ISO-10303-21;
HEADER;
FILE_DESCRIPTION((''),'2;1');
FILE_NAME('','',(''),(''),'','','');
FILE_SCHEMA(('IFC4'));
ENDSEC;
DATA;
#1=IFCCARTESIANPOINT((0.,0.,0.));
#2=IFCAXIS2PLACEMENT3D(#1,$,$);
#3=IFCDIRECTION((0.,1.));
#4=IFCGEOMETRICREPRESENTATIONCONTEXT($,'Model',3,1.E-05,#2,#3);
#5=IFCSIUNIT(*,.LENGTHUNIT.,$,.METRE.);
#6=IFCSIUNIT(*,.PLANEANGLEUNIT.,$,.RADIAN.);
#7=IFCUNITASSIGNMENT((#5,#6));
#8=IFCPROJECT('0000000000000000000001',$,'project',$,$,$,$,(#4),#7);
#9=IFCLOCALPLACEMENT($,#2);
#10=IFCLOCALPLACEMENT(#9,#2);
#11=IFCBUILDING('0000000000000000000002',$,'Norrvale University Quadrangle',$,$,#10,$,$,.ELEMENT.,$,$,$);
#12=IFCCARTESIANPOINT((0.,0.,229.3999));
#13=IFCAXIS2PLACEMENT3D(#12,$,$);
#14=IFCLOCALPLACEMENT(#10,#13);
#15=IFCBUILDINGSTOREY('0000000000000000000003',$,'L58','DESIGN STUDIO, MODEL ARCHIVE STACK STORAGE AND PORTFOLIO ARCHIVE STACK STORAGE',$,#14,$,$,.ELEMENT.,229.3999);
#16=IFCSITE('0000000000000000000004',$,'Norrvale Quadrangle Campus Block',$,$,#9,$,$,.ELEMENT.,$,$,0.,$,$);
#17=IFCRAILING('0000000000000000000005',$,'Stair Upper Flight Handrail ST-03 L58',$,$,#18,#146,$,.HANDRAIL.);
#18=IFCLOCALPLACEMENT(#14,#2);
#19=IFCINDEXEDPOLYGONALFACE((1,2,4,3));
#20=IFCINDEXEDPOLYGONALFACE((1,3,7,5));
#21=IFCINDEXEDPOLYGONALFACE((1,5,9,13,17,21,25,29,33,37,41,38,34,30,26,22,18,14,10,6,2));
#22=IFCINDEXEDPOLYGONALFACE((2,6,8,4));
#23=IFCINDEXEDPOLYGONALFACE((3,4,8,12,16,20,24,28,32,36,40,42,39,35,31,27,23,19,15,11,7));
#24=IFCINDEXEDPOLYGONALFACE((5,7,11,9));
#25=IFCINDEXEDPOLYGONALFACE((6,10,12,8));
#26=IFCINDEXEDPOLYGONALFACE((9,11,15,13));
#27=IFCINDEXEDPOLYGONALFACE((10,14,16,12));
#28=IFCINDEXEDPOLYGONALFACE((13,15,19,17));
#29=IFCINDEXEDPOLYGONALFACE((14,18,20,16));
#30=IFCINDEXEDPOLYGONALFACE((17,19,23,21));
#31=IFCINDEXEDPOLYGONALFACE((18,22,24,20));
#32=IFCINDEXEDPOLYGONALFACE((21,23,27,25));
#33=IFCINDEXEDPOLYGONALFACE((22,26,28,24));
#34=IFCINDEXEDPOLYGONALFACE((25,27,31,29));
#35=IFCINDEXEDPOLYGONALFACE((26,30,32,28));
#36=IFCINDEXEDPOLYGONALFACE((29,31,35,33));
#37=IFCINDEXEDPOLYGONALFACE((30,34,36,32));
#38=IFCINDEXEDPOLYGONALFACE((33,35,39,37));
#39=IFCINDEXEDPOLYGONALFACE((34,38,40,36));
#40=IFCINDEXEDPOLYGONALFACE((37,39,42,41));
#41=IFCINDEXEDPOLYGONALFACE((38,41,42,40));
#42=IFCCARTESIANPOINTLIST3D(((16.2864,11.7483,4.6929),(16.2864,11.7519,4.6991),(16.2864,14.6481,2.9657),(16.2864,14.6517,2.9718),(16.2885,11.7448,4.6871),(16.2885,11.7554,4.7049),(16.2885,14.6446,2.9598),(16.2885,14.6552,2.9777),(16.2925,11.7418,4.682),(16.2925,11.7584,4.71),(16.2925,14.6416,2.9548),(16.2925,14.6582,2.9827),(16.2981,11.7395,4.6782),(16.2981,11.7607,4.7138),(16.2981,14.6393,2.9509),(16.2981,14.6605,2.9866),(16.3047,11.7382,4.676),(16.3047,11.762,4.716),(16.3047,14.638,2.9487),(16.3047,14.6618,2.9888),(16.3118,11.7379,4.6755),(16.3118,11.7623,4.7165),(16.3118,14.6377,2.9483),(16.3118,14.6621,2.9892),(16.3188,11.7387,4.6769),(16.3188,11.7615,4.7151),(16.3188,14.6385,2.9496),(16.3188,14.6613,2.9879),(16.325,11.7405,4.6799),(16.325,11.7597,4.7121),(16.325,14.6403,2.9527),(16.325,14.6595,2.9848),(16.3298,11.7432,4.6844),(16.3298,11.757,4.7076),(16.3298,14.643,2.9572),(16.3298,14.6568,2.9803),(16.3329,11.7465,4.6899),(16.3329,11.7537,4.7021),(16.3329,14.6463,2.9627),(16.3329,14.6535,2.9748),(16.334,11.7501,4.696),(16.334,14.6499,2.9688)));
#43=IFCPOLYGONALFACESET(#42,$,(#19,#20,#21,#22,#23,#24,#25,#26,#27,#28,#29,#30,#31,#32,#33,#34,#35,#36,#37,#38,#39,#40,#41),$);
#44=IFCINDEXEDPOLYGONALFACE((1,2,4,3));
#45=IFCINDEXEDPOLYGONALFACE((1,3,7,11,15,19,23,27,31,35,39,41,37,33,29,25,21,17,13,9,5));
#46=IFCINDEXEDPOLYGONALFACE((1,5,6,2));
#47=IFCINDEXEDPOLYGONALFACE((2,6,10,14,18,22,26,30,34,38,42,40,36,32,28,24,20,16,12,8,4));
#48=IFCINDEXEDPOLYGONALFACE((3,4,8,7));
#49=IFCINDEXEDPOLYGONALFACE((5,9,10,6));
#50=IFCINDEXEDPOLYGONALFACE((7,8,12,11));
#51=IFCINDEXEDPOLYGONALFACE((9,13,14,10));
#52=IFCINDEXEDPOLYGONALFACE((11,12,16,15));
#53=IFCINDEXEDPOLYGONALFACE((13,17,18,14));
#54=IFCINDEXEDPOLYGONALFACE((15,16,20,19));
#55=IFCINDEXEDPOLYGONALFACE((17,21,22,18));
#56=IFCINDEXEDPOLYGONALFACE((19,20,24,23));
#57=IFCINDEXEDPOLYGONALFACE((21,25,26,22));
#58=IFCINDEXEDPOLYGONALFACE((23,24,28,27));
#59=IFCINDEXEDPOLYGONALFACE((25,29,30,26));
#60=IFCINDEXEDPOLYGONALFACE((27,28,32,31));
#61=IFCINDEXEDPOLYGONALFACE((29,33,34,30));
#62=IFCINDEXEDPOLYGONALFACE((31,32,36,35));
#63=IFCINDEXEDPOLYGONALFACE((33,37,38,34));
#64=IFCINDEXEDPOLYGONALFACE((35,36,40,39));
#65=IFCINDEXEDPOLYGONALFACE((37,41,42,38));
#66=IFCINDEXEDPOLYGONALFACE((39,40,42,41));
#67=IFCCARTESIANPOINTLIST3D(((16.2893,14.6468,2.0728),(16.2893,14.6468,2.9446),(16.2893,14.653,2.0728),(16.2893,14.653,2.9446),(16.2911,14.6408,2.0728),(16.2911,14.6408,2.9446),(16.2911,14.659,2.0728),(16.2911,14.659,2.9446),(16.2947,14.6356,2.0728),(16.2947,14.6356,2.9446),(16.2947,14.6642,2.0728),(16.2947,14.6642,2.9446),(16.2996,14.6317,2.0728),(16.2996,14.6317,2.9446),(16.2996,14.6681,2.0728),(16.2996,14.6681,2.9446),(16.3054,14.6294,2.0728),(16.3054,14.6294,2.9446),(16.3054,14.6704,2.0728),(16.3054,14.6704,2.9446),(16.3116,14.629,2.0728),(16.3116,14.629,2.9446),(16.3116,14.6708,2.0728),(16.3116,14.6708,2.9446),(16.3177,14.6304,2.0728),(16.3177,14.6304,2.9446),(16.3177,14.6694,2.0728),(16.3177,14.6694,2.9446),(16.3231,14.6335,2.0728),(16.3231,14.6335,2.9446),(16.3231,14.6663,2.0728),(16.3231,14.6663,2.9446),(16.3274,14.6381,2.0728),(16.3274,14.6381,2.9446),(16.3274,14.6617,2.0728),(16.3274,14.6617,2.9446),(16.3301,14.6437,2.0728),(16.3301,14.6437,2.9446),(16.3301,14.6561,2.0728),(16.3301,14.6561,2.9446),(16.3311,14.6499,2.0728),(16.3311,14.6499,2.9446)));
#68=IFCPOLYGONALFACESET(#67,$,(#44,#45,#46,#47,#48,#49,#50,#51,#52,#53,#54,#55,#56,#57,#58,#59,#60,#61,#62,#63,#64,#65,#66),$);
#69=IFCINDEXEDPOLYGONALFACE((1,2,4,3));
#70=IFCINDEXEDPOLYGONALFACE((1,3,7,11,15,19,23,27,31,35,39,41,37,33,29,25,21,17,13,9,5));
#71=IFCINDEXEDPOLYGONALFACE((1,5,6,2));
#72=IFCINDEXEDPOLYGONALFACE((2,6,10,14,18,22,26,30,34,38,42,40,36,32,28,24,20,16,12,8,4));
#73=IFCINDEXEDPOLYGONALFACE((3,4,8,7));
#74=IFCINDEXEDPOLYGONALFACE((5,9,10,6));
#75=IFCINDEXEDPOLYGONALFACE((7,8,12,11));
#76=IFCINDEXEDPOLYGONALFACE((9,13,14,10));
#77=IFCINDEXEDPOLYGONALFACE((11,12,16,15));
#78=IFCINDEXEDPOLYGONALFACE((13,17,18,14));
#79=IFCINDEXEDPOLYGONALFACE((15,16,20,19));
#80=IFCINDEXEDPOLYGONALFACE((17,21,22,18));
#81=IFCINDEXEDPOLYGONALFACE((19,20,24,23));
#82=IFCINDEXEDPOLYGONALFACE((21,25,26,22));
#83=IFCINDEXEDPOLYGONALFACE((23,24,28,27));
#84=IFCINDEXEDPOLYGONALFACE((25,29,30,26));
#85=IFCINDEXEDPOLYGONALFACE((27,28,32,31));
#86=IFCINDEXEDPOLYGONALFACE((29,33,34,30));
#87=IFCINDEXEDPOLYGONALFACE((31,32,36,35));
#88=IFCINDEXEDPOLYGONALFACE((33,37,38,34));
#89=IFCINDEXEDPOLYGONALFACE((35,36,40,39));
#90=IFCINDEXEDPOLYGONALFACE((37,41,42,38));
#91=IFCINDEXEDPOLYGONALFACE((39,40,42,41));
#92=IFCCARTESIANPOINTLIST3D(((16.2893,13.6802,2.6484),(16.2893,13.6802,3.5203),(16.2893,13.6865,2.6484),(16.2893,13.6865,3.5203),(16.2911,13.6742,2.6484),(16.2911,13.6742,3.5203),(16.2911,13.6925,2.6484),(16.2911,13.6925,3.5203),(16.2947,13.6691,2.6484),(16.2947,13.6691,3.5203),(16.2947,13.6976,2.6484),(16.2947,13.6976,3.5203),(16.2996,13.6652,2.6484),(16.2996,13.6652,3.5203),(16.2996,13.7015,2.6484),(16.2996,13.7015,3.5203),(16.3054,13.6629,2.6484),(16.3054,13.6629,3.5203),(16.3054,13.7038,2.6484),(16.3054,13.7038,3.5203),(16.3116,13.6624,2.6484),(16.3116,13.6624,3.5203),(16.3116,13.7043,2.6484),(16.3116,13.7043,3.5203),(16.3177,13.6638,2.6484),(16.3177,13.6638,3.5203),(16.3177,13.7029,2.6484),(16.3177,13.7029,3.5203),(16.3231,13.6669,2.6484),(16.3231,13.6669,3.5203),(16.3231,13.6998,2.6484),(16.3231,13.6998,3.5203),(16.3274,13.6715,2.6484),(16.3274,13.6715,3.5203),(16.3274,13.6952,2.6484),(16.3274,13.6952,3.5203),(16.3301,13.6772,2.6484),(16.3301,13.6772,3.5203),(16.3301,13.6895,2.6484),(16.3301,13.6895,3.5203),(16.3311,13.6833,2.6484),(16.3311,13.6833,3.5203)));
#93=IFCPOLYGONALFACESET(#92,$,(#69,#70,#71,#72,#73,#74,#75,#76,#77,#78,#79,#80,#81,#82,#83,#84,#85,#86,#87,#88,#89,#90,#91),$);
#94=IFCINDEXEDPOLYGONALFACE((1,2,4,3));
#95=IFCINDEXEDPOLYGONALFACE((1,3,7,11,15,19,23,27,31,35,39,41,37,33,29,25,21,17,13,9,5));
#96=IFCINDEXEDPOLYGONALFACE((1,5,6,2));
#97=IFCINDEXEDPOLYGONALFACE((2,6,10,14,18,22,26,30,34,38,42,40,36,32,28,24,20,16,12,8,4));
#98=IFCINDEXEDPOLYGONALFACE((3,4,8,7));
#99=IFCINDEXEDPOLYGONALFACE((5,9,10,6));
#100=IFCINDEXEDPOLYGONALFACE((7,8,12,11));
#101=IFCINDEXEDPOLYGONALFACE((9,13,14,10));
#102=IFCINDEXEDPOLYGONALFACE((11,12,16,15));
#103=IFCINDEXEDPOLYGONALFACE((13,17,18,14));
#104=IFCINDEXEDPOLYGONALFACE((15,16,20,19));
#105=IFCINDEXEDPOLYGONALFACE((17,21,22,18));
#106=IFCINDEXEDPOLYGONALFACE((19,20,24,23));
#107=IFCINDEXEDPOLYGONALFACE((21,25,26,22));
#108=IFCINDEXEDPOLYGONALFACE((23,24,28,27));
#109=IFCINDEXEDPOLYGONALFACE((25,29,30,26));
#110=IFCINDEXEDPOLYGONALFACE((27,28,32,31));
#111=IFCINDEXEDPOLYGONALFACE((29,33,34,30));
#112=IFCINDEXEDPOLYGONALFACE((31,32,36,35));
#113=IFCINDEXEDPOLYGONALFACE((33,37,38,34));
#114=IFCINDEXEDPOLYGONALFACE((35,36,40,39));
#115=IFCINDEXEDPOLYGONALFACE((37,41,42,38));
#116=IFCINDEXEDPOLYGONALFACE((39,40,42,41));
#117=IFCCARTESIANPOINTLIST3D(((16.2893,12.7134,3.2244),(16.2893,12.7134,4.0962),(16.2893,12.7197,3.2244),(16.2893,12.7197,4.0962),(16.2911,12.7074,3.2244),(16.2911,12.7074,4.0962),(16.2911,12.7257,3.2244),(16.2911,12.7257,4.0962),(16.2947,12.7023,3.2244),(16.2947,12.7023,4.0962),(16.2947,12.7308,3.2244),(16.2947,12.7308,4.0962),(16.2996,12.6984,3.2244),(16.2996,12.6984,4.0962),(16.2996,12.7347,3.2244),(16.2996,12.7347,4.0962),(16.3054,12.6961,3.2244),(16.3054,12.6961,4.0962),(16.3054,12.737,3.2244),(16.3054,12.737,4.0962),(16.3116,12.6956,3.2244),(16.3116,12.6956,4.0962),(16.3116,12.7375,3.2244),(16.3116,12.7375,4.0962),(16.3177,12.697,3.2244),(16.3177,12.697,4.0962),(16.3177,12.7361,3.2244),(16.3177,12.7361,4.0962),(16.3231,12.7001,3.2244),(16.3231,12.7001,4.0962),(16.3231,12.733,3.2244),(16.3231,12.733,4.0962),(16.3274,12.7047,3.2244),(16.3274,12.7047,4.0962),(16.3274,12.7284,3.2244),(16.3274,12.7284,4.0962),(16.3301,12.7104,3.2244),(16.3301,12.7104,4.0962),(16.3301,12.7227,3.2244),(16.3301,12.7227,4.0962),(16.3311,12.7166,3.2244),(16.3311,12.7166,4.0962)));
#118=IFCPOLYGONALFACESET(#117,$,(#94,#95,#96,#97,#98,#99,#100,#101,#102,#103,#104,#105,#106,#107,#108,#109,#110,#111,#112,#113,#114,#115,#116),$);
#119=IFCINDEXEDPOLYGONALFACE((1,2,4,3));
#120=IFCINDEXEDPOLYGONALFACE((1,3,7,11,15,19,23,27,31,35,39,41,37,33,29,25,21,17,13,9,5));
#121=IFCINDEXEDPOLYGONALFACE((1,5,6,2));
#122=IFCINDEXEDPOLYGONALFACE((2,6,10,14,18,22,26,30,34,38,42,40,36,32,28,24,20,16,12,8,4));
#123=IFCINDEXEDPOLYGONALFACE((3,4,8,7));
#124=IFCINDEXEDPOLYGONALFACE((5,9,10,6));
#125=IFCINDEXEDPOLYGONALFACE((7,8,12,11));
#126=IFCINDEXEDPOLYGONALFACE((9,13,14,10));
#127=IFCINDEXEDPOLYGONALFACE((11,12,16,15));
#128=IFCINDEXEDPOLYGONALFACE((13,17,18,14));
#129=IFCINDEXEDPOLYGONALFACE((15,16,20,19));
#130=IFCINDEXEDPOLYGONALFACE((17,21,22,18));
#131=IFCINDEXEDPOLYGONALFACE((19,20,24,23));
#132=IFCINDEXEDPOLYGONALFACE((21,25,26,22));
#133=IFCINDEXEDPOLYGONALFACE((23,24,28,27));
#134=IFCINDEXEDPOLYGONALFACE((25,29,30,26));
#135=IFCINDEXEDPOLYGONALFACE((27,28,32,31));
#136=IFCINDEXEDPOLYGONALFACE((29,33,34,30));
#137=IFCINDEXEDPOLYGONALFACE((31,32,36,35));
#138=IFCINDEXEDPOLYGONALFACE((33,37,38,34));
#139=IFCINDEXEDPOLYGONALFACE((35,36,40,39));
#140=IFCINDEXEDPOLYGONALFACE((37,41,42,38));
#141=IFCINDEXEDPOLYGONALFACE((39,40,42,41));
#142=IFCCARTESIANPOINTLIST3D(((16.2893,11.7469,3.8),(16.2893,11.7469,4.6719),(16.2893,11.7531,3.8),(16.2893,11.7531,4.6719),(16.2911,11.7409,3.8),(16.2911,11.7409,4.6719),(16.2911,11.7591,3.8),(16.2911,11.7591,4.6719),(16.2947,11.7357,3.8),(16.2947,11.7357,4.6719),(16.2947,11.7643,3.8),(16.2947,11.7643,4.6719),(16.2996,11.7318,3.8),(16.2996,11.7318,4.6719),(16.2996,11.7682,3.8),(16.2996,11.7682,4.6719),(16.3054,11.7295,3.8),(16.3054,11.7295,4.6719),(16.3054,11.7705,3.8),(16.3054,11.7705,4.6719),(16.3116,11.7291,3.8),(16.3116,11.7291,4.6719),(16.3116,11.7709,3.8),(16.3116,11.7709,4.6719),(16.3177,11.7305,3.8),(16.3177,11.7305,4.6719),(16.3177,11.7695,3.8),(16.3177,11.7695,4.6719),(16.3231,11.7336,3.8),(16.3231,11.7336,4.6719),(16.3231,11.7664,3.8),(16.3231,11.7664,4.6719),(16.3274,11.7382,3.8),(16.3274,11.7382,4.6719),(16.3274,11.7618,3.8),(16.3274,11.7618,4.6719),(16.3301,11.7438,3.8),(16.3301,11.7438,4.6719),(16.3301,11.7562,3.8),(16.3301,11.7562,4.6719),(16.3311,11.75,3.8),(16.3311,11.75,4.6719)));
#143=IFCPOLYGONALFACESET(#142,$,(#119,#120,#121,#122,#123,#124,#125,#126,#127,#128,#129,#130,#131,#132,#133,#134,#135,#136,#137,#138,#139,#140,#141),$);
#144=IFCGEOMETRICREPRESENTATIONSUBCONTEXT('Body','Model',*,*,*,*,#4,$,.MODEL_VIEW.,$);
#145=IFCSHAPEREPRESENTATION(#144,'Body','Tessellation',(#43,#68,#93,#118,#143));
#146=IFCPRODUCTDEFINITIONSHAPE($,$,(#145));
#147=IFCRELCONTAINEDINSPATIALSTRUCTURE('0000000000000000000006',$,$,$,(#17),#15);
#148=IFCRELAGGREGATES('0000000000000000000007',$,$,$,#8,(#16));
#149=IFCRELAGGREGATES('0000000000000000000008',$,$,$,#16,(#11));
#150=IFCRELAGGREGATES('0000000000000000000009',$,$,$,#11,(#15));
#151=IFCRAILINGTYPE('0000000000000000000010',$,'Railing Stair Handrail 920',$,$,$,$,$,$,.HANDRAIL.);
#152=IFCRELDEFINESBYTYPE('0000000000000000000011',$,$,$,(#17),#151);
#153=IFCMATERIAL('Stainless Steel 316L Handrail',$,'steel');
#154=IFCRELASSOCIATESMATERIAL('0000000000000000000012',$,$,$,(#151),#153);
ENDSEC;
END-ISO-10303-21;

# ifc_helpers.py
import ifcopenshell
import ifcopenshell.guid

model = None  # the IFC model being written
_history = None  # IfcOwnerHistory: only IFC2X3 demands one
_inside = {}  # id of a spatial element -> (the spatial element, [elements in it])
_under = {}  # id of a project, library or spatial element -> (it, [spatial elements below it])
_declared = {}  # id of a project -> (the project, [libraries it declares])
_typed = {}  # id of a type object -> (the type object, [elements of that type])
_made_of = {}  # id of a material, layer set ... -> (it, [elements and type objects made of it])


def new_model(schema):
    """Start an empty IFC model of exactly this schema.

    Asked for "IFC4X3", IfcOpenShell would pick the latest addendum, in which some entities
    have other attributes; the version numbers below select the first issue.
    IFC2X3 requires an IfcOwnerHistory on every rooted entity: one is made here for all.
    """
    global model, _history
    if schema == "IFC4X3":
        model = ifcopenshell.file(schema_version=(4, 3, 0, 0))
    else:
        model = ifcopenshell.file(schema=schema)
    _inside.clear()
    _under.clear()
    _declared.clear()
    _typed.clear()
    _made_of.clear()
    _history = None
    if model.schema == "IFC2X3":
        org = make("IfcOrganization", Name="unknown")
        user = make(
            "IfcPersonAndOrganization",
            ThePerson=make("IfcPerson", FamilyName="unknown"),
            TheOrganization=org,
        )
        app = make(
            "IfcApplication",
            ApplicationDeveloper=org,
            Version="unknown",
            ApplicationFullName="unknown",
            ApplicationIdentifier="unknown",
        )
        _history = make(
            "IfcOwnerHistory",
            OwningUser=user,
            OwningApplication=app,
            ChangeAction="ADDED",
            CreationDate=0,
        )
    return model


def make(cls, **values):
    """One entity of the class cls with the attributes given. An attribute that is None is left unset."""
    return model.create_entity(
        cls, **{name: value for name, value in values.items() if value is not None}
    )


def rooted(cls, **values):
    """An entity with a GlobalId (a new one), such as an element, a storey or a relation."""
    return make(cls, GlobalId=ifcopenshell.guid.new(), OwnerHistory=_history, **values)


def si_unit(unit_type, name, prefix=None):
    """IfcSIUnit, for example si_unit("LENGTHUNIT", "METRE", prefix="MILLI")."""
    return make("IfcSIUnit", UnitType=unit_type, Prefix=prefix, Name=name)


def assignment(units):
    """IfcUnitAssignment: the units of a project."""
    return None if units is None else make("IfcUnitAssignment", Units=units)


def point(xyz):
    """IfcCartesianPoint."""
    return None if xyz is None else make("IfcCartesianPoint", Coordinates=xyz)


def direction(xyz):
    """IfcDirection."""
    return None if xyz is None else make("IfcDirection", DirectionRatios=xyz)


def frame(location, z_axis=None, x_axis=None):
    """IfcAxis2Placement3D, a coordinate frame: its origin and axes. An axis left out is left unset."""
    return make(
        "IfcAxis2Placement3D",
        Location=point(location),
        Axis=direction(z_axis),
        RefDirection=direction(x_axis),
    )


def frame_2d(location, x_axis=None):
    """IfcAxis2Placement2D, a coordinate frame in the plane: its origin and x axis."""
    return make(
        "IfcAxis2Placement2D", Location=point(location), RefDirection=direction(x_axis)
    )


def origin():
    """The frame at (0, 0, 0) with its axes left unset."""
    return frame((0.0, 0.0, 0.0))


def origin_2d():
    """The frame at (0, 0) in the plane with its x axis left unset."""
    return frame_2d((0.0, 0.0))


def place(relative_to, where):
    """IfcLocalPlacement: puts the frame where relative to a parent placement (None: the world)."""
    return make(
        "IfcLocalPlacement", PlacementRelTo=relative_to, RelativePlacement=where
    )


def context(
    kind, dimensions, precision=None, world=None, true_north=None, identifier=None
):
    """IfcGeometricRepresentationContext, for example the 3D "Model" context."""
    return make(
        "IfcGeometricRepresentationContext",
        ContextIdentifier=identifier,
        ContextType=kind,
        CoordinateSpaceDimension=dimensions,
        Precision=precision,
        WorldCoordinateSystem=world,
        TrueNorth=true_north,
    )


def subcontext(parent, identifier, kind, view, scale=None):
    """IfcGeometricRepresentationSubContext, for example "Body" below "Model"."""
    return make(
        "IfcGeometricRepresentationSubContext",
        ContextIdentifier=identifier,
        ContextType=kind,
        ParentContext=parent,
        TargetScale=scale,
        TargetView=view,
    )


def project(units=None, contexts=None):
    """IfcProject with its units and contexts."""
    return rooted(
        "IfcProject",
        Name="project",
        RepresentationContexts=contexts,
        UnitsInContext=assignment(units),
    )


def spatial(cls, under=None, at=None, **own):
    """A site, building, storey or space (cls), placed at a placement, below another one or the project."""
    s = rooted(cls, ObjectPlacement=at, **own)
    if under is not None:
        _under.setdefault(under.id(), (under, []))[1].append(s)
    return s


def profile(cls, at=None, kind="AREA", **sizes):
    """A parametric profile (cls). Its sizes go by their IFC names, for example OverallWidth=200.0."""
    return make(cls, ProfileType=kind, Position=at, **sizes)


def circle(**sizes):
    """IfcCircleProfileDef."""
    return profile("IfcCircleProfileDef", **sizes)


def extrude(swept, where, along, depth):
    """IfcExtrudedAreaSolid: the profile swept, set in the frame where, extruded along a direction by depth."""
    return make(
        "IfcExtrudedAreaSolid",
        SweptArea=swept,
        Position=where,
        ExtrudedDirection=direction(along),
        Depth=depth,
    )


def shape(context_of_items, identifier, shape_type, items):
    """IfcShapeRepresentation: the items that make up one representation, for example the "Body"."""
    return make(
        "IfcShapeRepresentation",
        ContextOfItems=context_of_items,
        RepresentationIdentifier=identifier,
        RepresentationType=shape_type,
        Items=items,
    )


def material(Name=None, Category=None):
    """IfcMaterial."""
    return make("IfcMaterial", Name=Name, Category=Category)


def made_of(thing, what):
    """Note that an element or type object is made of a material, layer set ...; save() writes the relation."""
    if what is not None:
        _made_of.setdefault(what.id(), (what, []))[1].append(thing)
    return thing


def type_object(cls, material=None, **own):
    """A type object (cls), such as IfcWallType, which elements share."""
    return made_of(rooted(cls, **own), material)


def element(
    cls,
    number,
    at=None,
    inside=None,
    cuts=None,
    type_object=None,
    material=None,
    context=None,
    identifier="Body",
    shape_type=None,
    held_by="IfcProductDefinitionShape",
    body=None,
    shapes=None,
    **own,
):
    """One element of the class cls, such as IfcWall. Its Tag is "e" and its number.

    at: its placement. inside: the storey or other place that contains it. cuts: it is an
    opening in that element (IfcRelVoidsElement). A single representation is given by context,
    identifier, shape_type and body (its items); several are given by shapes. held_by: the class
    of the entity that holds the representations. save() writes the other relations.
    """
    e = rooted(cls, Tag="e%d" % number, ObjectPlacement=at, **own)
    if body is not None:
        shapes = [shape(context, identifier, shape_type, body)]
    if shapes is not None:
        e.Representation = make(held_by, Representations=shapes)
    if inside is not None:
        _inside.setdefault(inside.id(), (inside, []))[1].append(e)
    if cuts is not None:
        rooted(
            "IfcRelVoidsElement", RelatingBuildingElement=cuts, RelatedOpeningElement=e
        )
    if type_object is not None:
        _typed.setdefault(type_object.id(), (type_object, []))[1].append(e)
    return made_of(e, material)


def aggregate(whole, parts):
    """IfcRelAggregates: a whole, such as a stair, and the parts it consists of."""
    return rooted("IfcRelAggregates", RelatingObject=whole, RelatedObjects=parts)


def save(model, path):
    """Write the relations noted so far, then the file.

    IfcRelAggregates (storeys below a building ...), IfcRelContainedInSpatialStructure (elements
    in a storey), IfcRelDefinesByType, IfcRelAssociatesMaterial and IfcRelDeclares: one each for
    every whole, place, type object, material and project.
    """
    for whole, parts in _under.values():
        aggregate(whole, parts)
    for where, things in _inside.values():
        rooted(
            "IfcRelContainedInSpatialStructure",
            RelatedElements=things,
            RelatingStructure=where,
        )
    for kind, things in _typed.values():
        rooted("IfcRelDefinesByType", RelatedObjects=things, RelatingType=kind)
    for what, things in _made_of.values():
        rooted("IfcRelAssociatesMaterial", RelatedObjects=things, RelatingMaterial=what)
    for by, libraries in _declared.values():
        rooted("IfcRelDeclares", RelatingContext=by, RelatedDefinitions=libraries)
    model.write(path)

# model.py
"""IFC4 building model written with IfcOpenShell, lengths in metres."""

from ifc_helpers import new_model, si_unit, direction, frame, origin, origin_2d, place, context, subcontext, project, spatial, circle, extrude, material, type_object, element, save


model = new_model("IFC4")

# Units and contexts
model_context = context("Model", 3, precision=1e-05, world=origin(), true_north=direction((0.0, 1.0)))
body_context = subcontext(model_context, "Body", "Model", "MODEL_VIEW")
ifc_project = project(units=[si_unit("LENGTHUNIT", "METRE"), si_unit("PLANEANGLEUNIT", "RADIAN")], contexts=[model_context])

# Site, building, storey
site_placement = place(None, origin())
site = spatial("IfcSite", under=ifc_project, at=site_placement, Name="Norrvale Quadrangle Campus Block", CompositionType="ELEMENT", RefElevation=0.0)
building_placement = place(site_placement, origin())
building = spatial("IfcBuilding", under=site, at=building_placement, Name="Norrvale University Quadrangle", CompositionType="ELEMENT")
storey_placement = place(building_placement, frame((0.0, 0.0, 229.3999)))
storey = spatial("IfcBuildingStorey", under=building, at=storey_placement, Name="L58", Description="DESIGN STUDIO, MODEL ARCHIVE STACK STORAGE AND PORTFOLIO ARCHIVE STACK STORAGE", CompositionType="ELEMENT", Elevation=229.3999)

# Railing
ifc_material_1 = material(Name="Stainless Steel 316L Handrail", Category="steel")
railing_type_1 = type_object("IfcRailingType", Name="Railing Stair Handrail 920", PredefinedType="HANDRAIL", material=ifc_material_1)
railing_1_placement = place(storey_placement, frame((16.3101, 14.6499, 2.0728)))
element("IfcRailing", 1, at=railing_1_placement, inside=storey, type_object=railing_type_1, Name="Stair Upper Flight Handrail ST-03 L58", PredefinedType="HANDRAIL", context=body_context, shape_type="SweptSolid", body=[
    extrude(circle(Radius=0.0239, at=origin_2d()), frame((0.0, 0.0, 0.896), z_axis=(0.0, -0.859141, 0.511738), x_axis=(1.0, 0.0, 0.0)), (0.0, 0.0, 1.0), 3.3752),
    extrude(circle(Radius=0.021, at=origin_2d()), origin(), (0.0, 0.0, 1.0), 0.8718),
    extrude(circle(Radius=0.021, at=origin_2d()), frame((0.0, -0.9666, 0.5757)), (0.0, 0.0, 1.0), 0.8718),
    extrude(circle(Radius=0.021, at=origin_2d()), frame((0.0, -1.9333, 1.1516)), (0.0, 0.0, 1.0), 0.8718),
    extrude(circle(Radius=0.021, at=origin_2d()), frame((0.0, -2.8999, 1.7273)), (0.0, 0.0, 1.0), 0.8718),
])

save(model, "model.ifc")
